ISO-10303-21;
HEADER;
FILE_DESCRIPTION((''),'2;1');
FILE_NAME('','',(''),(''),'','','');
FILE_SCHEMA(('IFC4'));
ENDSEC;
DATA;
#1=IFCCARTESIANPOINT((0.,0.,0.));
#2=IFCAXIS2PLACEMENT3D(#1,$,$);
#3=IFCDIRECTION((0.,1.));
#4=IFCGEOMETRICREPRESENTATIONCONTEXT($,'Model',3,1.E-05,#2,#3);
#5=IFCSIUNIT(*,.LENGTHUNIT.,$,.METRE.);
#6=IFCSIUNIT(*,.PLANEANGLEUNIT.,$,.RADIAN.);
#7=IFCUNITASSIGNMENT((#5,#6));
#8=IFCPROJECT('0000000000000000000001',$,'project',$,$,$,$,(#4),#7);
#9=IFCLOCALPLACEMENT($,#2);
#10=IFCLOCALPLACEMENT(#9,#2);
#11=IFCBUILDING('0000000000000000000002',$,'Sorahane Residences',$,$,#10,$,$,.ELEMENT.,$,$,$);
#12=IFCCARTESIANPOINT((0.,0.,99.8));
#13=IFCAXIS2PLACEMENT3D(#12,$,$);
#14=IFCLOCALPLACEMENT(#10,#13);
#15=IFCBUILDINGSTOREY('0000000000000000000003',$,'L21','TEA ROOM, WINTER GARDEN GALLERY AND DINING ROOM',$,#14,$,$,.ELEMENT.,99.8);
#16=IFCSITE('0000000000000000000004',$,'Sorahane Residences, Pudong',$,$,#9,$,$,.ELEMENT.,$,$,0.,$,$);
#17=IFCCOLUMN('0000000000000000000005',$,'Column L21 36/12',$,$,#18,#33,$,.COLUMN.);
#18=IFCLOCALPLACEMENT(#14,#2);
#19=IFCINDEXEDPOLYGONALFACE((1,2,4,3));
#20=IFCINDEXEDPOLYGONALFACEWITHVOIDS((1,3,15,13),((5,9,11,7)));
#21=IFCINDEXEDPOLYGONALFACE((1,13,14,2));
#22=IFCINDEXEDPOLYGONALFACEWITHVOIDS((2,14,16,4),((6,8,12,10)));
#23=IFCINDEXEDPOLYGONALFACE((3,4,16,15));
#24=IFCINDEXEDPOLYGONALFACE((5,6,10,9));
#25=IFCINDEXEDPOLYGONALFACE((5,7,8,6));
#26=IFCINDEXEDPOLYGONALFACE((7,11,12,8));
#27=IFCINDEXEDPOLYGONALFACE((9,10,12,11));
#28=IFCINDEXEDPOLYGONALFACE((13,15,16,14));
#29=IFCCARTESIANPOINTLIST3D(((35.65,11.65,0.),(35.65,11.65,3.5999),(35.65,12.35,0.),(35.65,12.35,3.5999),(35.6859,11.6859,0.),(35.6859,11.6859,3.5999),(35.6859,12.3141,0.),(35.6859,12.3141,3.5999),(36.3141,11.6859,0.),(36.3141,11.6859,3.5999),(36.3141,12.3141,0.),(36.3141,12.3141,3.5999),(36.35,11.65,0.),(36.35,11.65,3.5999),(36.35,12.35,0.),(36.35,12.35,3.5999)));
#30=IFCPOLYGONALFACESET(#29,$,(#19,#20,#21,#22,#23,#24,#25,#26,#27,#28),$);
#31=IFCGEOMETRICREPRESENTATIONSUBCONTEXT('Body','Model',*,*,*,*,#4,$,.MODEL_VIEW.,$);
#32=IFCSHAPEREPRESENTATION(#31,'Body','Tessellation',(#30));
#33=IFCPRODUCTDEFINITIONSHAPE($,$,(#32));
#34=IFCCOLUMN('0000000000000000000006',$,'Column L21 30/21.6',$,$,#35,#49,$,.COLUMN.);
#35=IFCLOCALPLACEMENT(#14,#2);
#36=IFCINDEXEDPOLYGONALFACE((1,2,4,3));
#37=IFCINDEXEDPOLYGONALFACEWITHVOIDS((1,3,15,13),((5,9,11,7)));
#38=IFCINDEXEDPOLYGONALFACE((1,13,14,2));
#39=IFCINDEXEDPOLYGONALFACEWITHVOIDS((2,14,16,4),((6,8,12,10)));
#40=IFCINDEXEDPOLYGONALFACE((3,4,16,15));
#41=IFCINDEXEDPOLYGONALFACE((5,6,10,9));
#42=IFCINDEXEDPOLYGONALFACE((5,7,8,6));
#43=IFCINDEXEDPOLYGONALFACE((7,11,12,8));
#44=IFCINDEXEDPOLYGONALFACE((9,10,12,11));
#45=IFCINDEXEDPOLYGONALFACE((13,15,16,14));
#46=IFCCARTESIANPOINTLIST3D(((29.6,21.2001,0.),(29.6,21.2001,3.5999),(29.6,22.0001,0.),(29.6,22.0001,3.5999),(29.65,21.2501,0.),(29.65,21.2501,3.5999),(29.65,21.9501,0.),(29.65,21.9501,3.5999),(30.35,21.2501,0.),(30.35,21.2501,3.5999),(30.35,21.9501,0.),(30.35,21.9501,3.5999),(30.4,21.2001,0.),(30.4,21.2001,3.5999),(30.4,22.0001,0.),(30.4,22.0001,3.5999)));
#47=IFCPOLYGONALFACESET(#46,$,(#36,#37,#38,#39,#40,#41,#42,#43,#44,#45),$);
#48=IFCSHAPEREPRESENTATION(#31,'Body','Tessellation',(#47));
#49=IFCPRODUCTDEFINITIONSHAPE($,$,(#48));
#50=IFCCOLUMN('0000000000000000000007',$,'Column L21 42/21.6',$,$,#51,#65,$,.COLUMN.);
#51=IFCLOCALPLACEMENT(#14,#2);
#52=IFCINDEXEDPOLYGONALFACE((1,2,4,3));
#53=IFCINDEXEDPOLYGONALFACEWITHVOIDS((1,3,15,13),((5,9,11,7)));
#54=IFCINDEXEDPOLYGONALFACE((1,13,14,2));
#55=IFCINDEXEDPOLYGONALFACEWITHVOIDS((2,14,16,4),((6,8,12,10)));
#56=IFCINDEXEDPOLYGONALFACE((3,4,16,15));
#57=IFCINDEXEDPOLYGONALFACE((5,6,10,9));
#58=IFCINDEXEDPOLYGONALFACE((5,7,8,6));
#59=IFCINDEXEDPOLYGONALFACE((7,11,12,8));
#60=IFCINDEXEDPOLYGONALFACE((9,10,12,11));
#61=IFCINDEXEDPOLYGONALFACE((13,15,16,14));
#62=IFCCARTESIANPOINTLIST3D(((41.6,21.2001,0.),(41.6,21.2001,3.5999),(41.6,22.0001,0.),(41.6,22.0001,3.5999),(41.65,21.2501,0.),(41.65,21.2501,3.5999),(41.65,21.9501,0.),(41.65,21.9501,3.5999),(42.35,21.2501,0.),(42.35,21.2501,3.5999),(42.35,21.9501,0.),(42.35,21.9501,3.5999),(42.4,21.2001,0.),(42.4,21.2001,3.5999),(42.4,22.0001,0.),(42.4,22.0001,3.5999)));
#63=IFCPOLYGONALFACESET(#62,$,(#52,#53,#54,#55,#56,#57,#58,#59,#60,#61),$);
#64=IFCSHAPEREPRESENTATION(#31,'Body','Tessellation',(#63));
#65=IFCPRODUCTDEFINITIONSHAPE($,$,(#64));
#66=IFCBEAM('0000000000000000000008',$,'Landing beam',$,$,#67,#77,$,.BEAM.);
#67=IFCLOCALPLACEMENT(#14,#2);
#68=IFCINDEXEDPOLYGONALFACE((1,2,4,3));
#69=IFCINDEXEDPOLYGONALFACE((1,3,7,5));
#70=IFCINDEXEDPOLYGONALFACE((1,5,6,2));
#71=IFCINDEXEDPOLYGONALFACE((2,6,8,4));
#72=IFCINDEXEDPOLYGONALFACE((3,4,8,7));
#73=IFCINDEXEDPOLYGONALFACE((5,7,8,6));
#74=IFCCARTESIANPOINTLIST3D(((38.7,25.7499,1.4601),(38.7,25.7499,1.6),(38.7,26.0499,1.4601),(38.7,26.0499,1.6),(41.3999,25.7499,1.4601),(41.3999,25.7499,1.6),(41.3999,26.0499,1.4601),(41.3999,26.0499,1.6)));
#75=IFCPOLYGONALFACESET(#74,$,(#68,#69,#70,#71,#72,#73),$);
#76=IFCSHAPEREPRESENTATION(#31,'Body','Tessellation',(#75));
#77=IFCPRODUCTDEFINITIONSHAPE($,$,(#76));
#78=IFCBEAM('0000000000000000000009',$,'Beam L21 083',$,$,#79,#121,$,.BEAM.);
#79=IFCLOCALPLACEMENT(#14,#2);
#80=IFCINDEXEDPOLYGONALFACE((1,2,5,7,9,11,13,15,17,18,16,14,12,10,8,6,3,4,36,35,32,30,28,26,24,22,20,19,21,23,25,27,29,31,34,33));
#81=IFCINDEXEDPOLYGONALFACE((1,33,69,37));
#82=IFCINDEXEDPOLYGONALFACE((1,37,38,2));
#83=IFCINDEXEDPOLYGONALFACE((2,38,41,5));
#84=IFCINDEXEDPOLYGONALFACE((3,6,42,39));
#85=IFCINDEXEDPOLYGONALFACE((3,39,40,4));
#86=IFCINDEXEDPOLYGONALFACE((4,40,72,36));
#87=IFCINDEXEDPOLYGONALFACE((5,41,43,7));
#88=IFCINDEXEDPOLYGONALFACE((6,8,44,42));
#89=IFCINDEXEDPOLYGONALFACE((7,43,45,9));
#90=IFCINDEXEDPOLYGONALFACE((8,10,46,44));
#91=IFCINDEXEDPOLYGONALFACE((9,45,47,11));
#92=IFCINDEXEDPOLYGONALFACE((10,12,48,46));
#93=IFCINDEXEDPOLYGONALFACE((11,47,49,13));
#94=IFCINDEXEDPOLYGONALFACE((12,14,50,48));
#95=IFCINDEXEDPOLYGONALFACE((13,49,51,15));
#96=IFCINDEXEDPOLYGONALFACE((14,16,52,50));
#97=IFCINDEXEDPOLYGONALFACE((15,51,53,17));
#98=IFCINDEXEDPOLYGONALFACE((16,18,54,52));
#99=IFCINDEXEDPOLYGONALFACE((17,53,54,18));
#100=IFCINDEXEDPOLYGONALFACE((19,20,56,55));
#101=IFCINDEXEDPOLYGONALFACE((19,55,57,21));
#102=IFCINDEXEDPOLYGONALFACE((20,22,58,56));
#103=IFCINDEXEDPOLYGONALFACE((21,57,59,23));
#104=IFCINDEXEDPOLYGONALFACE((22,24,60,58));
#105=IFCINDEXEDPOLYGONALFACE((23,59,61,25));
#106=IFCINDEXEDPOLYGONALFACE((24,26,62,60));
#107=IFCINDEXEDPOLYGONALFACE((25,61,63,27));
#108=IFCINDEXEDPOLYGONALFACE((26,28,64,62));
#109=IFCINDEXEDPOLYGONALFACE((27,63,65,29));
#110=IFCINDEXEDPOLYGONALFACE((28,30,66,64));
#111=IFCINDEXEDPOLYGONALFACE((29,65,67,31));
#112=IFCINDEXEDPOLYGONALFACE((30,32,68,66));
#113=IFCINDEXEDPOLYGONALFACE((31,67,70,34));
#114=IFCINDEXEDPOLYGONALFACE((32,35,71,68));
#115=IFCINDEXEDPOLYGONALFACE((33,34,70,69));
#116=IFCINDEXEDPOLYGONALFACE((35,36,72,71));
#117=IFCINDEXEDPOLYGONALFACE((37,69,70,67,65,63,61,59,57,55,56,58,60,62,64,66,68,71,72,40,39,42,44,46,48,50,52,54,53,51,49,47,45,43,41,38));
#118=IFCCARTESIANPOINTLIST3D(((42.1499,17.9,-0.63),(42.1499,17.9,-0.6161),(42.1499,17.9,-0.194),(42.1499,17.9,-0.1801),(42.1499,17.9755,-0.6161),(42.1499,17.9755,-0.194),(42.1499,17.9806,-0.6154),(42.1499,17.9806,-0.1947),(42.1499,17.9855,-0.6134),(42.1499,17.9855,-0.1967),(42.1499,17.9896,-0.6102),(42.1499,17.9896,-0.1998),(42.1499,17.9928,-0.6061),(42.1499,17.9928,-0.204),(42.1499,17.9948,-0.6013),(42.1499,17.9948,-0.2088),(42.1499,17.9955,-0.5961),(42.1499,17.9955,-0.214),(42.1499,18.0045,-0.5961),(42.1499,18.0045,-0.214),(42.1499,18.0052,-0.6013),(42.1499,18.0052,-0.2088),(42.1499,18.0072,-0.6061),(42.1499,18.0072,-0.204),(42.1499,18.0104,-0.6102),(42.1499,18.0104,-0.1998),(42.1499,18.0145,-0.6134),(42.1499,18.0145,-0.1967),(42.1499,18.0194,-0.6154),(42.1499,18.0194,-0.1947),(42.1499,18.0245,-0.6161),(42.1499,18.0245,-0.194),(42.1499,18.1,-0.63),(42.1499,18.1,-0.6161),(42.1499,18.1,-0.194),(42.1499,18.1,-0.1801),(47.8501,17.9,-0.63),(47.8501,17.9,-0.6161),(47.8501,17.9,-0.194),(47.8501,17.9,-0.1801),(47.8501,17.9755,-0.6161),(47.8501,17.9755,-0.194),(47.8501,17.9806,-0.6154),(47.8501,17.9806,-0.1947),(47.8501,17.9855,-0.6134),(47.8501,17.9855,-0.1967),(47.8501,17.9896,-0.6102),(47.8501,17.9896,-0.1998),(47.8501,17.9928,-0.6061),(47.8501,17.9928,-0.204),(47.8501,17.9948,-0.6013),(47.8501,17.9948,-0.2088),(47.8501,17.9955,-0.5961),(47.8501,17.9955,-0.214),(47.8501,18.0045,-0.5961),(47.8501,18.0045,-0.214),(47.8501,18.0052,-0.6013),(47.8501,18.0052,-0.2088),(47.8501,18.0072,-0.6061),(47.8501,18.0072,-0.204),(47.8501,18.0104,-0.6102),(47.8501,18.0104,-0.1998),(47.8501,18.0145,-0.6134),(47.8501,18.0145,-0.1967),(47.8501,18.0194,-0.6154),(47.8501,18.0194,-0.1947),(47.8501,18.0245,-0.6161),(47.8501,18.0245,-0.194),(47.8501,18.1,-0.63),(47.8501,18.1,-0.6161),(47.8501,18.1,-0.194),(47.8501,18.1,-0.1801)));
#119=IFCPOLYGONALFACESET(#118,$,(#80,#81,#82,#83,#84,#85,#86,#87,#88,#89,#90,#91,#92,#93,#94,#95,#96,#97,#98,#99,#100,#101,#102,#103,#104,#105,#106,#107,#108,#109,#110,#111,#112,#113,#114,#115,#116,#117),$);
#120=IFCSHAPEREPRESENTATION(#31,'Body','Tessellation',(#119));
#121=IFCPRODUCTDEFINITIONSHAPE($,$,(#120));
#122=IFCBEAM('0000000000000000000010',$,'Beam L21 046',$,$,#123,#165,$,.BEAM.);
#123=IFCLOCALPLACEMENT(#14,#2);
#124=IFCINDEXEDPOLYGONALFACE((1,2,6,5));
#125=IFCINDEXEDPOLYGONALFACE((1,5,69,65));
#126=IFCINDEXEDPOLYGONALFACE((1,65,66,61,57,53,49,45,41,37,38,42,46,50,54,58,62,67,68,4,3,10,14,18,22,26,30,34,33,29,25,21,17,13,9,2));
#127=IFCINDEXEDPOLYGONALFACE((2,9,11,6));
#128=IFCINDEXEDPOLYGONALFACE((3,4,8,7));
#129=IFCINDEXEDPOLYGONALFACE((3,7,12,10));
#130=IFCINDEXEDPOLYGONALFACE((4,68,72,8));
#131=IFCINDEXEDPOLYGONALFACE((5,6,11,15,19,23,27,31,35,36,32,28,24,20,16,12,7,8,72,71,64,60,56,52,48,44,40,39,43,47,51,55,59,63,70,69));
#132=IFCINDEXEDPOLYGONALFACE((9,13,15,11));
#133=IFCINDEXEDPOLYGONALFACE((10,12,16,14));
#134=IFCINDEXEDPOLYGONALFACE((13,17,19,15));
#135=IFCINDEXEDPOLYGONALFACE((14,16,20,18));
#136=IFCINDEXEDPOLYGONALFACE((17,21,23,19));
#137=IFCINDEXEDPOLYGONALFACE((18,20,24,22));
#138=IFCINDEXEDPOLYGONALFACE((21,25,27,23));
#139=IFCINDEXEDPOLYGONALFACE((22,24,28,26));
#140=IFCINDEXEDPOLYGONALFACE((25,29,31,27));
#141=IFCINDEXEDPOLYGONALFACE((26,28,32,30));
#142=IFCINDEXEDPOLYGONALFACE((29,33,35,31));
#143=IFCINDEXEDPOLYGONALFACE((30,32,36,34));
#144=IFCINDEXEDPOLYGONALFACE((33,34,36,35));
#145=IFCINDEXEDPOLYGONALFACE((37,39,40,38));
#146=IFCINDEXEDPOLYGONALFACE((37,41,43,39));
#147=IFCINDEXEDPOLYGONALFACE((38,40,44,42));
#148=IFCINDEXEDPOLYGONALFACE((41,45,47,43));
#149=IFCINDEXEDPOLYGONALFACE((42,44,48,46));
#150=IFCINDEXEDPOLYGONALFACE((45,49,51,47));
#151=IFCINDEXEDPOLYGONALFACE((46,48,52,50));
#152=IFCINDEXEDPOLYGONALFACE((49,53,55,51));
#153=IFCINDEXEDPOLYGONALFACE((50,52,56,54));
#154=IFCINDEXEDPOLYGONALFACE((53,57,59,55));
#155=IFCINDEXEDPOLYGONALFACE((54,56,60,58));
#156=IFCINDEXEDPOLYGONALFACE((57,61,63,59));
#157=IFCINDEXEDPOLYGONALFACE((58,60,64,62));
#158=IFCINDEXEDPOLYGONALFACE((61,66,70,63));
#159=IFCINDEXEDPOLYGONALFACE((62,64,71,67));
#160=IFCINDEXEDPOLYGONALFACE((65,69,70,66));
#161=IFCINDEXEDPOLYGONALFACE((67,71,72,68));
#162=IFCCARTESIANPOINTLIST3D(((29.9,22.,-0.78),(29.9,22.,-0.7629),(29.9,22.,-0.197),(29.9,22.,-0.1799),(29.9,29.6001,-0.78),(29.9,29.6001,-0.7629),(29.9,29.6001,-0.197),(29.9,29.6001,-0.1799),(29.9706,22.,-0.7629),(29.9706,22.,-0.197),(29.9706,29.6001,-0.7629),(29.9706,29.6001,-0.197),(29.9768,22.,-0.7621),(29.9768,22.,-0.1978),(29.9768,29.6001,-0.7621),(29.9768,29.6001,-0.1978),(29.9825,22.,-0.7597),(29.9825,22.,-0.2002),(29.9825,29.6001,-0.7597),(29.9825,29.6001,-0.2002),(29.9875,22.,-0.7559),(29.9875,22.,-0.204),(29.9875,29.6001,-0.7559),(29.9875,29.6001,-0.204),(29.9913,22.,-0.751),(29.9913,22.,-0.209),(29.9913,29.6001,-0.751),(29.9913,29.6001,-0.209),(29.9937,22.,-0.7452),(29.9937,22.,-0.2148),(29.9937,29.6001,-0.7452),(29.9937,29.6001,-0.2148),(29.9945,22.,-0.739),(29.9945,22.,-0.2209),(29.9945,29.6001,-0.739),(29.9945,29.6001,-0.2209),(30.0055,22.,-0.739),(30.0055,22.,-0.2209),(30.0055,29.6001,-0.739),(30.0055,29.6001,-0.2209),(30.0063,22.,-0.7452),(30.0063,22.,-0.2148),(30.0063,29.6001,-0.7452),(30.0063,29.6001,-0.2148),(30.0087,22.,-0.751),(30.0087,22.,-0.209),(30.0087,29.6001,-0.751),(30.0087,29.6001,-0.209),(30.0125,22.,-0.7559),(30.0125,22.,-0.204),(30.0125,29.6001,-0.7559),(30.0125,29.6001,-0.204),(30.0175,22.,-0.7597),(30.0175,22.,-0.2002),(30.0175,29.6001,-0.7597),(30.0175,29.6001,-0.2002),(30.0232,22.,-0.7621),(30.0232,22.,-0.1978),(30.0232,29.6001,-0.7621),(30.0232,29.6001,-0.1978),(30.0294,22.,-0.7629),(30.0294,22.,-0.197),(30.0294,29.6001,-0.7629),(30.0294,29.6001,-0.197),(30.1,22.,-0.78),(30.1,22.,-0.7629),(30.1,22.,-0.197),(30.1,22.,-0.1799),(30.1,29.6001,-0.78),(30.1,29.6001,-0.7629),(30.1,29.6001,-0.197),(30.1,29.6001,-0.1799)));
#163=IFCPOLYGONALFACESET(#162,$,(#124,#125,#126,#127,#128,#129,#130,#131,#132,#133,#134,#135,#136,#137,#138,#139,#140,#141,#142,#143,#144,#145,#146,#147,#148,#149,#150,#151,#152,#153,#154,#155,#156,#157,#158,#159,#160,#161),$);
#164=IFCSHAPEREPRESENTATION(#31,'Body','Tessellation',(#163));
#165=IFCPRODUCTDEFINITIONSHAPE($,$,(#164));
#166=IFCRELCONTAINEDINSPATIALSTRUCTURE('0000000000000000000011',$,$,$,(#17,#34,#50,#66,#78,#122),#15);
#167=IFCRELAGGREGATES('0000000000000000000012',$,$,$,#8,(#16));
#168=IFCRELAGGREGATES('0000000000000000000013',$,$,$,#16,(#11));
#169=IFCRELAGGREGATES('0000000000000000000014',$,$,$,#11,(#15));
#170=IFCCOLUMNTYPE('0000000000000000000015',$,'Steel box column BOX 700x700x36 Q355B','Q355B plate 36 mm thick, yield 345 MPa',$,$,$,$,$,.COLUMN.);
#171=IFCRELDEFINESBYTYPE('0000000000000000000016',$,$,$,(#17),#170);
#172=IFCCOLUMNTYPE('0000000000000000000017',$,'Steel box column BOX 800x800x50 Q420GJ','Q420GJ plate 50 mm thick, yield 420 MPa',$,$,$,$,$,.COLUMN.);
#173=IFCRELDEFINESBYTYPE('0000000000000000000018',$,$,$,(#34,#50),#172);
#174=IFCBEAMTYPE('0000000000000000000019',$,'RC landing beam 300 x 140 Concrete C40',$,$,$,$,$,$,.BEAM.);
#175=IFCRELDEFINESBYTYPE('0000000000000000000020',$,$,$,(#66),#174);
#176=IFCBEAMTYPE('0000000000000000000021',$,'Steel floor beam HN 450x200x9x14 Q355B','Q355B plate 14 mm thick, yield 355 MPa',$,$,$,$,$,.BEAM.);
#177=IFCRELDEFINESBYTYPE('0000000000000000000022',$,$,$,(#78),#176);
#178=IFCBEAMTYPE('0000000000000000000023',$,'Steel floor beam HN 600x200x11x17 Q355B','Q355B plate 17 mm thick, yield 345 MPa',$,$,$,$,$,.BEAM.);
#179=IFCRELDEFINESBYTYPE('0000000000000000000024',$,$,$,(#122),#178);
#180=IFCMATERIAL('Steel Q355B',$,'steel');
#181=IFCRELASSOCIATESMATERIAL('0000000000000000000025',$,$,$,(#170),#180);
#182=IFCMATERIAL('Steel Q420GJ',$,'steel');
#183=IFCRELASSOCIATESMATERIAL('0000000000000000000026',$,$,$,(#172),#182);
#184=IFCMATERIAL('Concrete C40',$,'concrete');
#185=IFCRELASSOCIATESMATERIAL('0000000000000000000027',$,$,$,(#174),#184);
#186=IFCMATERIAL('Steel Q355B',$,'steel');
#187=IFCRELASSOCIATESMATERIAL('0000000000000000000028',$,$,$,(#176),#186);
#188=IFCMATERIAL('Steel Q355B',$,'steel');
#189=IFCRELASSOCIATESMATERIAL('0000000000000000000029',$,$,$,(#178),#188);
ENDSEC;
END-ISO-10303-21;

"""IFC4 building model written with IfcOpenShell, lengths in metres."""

from ifc_helpers import new_model, si_unit, direction, frame, origin, origin_2d, place, context, subcontext, project, spatial, rectangle, hollow_rectangle, i_section, extrude, material, material_profile, profile_set, type_object, element, save


model = new_model("IFC4")

# Units and contexts
model_context = context("Model", 3, precision=1e-05, world=origin(), true_north=direction((0.0, 1.0)))
body_context = subcontext(model_context, "Body", "Model", "MODEL_VIEW")
ifc_project = project(units=[si_unit("LENGTHUNIT", "METRE"), si_unit("PLANEANGLEUNIT", "RADIAN")], contexts=[model_context])

# Site, building, storey
site_placement = place(None, origin())
site = spatial("IfcSite", under=ifc_project, at=site_placement, Name="Sorahane Residences, Pudong", CompositionType="ELEMENT", RefElevation=0.0)
building_placement = place(site_placement, origin())
building = spatial("IfcBuilding", under=site, at=building_placement, Name="Sorahane Residences", CompositionType="ELEMENT")
storey_placement = place(building_placement, frame((0.0, 0.0, 99.8)))
storey = spatial("IfcBuildingStorey", under=building, at=storey_placement, Name="L21", Description="TEA ROOM, WINTER GARDEN GALLERY AND DINING ROOM", CompositionType="ELEMENT", Elevation=99.8)

# Columns
ifc_material_1 = material(Name="Steel Q355B", Category="steel")
ifc_material_profile_1 = material_profile(ifc_material_1, hollow_rectangle(XDim=0.7, YDim=0.7, WallThickness=0.0359, at=origin_2d()), Name="BOX 700x700x36")
ifc_profile_set_1 = profile_set([ifc_material_profile_1], Name="Steel Q355B")
column_type_1 = type_object("IfcColumnType", Name="Steel box column BOX 700x700x36 Q355B", Description="Q355B plate 36 mm thick, yield 345 MPa", PredefinedType="COLUMN", material=ifc_profile_set_1)
column_placement = place(storey_placement, frame((36.0, 12.0, 0.0), z_axis=(0.0, 0.0, 1.0), x_axis=(1.0, 0.0, 0.0)))
element("IfcColumn", 1, at=column_placement, inside=storey, type_object=column_type_1, Name="Column L21 36/12", PredefinedType="COLUMN", context=body_context, shape_type="SweptSolid", body=[
    extrude(hollow_rectangle(XDim=0.7, YDim=0.7, WallThickness=0.0359, at=origin_2d()), origin(), (0.0, 0.0, 1.0), 3.5999),
])
ifc_material_2 = material(Name="Steel Q420GJ", Category="steel")
ifc_material_profile_2 = material_profile(ifc_material_2, hollow_rectangle(XDim=0.8, YDim=0.8, WallThickness=0.05, at=origin_2d()), Name="BOX 800x800x50")
ifc_profile_set_2 = profile_set([ifc_material_profile_2], Name="Steel Q420GJ")
column_type_2 = type_object("IfcColumnType", Name="Steel box column BOX 800x800x50 Q420GJ", Description="Q420GJ plate 50 mm thick, yield 420 MPa", PredefinedType="COLUMN", material=ifc_profile_set_2)
for number, where, z_axis, x_axis, name in (
    (2, (30.0, 21.6001, 0.0), (0.0, 0.0, 1.0), (1.0, 0.0, 0.0), "Column L21 30/21.6"),
    (3, (42.0, 21.6001, 0.0), (0.0, 0.0, 1.0), (1.0, 0.0, 0.0), "Column L21 42/21.6"),
):
    element("IfcColumn", number, at=place(storey_placement, frame(where, z_axis=z_axis, x_axis=x_axis)), inside=storey, type_object=column_type_2, Name=name, PredefinedType="COLUMN", context=body_context, shape_type="SweptSolid", body=[
        extrude(hollow_rectangle(XDim=0.8, YDim=0.8, WallThickness=0.05, at=origin_2d()), origin(), (0.0, 0.0, 1.0), 3.5999),
    ])

# Beams
ifc_material_3 = material(Name="Concrete C40", Category="concrete")
ifc_material_profile_3 = material_profile(ifc_material_3, rectangle(XDim=0.3, YDim=0.1399, at=origin_2d()), Name="300x140")
ifc_profile_set_3 = profile_set([ifc_material_profile_3], Name="Concrete C40")
beam_type_1 = type_object("IfcBeamType", Name="RC landing beam 300 x 140 Concrete C40", PredefinedType="BEAM", material=ifc_profile_set_3)
beam_1_placement = place(storey_placement, frame((38.7, 25.8999, 1.53), z_axis=(1.0, 0.0, 0.0), x_axis=(0.0, 1.0, 0.0)))
element("IfcBeam", 4, at=beam_1_placement, inside=storey, type_object=beam_type_1, Name="Landing beam", PredefinedType="BEAM", context=body_context, shape_type="SweptSolid", body=[
    extrude(rectangle(XDim=0.3, YDim=0.1399, at=origin_2d()), origin(), (0.0, 0.0, 1.0), 2.7),
])
ifc_material_4 = material(Name="Steel Q355B", Category="steel")
ifc_material_profile_4 = material_profile(ifc_material_4, i_section(OverallWidth=0.2, OverallDepth=0.45, WebThickness=0.009, FlangeThickness=0.0139, FilletRadius=0.02, at=origin_2d()), Name="HN 450x200x9x14")
ifc_profile_set_4 = profile_set([ifc_material_profile_4], Name="Steel Q355B")
beam_type_2 = type_object("IfcBeamType", Name="Steel floor beam HN 450x200x9x14 Q355B", Description="Q355B plate 14 mm thick, yield 355 MPa", PredefinedType="BEAM", material=ifc_profile_set_4)
beam_2_placement = place(storey_placement, frame((42.1499, 18.0, -0.405), z_axis=(1.0, 0.0, 0.0), x_axis=(0.0, 1.0, 0.0)))
element("IfcBeam", 5, at=beam_2_placement, inside=storey, type_object=beam_type_2, Name="Beam L21 083", PredefinedType="BEAM", context=body_context, shape_type="SweptSolid", body=[
    extrude(i_section(OverallWidth=0.2, OverallDepth=0.45, WebThickness=0.009, FlangeThickness=0.0139, FilletRadius=0.02, at=origin_2d()), origin(), (0.0, 0.0, 1.0), 5.7002),
])
ifc_material_5 = material(Name="Steel Q355B", Category="steel")
ifc_material_profile_5 = material_profile(ifc_material_5, i_section(OverallWidth=0.2, OverallDepth=0.6001, WebThickness=0.011, FlangeThickness=0.0171, FilletRadius=0.0239, at=origin_2d()), Name="HN 600x200x11x17")
ifc_profile_set_5 = profile_set([ifc_material_profile_5], Name="Steel Q355B")
beam_type_3 = type_object("IfcBeamType", Name="Steel floor beam HN 600x200x11x17 Q355B", Description="Q355B plate 17 mm thick, yield 345 MPa", PredefinedType="BEAM", material=ifc_profile_set_5)
for number, where, z_axis, x_axis, name in (
    (6, (30.0, 22.0, -0.48), (0.0, 1.0, 0.0), (-1.0, 0.0, 0.0), "Beam L21 046"),
):
    element("IfcBeam", number, at=place(storey_placement, frame(where, z_axis=z_axis, x_axis=x_axis)), inside=storey, type_object=beam_type_3, Name=name, PredefinedType="BEAM", context=body_context, shape_type="SweptSolid", body=[
        extrude(i_section(OverallWidth=0.2, OverallDepth=0.6001, WebThickness=0.011, FlangeThickness=0.0171, FilletRadius=0.0239, at=origin_2d()), origin(), (0.0, 0.0, 1.0), 7.6001),
    ])

save(model, "model.ifc")
